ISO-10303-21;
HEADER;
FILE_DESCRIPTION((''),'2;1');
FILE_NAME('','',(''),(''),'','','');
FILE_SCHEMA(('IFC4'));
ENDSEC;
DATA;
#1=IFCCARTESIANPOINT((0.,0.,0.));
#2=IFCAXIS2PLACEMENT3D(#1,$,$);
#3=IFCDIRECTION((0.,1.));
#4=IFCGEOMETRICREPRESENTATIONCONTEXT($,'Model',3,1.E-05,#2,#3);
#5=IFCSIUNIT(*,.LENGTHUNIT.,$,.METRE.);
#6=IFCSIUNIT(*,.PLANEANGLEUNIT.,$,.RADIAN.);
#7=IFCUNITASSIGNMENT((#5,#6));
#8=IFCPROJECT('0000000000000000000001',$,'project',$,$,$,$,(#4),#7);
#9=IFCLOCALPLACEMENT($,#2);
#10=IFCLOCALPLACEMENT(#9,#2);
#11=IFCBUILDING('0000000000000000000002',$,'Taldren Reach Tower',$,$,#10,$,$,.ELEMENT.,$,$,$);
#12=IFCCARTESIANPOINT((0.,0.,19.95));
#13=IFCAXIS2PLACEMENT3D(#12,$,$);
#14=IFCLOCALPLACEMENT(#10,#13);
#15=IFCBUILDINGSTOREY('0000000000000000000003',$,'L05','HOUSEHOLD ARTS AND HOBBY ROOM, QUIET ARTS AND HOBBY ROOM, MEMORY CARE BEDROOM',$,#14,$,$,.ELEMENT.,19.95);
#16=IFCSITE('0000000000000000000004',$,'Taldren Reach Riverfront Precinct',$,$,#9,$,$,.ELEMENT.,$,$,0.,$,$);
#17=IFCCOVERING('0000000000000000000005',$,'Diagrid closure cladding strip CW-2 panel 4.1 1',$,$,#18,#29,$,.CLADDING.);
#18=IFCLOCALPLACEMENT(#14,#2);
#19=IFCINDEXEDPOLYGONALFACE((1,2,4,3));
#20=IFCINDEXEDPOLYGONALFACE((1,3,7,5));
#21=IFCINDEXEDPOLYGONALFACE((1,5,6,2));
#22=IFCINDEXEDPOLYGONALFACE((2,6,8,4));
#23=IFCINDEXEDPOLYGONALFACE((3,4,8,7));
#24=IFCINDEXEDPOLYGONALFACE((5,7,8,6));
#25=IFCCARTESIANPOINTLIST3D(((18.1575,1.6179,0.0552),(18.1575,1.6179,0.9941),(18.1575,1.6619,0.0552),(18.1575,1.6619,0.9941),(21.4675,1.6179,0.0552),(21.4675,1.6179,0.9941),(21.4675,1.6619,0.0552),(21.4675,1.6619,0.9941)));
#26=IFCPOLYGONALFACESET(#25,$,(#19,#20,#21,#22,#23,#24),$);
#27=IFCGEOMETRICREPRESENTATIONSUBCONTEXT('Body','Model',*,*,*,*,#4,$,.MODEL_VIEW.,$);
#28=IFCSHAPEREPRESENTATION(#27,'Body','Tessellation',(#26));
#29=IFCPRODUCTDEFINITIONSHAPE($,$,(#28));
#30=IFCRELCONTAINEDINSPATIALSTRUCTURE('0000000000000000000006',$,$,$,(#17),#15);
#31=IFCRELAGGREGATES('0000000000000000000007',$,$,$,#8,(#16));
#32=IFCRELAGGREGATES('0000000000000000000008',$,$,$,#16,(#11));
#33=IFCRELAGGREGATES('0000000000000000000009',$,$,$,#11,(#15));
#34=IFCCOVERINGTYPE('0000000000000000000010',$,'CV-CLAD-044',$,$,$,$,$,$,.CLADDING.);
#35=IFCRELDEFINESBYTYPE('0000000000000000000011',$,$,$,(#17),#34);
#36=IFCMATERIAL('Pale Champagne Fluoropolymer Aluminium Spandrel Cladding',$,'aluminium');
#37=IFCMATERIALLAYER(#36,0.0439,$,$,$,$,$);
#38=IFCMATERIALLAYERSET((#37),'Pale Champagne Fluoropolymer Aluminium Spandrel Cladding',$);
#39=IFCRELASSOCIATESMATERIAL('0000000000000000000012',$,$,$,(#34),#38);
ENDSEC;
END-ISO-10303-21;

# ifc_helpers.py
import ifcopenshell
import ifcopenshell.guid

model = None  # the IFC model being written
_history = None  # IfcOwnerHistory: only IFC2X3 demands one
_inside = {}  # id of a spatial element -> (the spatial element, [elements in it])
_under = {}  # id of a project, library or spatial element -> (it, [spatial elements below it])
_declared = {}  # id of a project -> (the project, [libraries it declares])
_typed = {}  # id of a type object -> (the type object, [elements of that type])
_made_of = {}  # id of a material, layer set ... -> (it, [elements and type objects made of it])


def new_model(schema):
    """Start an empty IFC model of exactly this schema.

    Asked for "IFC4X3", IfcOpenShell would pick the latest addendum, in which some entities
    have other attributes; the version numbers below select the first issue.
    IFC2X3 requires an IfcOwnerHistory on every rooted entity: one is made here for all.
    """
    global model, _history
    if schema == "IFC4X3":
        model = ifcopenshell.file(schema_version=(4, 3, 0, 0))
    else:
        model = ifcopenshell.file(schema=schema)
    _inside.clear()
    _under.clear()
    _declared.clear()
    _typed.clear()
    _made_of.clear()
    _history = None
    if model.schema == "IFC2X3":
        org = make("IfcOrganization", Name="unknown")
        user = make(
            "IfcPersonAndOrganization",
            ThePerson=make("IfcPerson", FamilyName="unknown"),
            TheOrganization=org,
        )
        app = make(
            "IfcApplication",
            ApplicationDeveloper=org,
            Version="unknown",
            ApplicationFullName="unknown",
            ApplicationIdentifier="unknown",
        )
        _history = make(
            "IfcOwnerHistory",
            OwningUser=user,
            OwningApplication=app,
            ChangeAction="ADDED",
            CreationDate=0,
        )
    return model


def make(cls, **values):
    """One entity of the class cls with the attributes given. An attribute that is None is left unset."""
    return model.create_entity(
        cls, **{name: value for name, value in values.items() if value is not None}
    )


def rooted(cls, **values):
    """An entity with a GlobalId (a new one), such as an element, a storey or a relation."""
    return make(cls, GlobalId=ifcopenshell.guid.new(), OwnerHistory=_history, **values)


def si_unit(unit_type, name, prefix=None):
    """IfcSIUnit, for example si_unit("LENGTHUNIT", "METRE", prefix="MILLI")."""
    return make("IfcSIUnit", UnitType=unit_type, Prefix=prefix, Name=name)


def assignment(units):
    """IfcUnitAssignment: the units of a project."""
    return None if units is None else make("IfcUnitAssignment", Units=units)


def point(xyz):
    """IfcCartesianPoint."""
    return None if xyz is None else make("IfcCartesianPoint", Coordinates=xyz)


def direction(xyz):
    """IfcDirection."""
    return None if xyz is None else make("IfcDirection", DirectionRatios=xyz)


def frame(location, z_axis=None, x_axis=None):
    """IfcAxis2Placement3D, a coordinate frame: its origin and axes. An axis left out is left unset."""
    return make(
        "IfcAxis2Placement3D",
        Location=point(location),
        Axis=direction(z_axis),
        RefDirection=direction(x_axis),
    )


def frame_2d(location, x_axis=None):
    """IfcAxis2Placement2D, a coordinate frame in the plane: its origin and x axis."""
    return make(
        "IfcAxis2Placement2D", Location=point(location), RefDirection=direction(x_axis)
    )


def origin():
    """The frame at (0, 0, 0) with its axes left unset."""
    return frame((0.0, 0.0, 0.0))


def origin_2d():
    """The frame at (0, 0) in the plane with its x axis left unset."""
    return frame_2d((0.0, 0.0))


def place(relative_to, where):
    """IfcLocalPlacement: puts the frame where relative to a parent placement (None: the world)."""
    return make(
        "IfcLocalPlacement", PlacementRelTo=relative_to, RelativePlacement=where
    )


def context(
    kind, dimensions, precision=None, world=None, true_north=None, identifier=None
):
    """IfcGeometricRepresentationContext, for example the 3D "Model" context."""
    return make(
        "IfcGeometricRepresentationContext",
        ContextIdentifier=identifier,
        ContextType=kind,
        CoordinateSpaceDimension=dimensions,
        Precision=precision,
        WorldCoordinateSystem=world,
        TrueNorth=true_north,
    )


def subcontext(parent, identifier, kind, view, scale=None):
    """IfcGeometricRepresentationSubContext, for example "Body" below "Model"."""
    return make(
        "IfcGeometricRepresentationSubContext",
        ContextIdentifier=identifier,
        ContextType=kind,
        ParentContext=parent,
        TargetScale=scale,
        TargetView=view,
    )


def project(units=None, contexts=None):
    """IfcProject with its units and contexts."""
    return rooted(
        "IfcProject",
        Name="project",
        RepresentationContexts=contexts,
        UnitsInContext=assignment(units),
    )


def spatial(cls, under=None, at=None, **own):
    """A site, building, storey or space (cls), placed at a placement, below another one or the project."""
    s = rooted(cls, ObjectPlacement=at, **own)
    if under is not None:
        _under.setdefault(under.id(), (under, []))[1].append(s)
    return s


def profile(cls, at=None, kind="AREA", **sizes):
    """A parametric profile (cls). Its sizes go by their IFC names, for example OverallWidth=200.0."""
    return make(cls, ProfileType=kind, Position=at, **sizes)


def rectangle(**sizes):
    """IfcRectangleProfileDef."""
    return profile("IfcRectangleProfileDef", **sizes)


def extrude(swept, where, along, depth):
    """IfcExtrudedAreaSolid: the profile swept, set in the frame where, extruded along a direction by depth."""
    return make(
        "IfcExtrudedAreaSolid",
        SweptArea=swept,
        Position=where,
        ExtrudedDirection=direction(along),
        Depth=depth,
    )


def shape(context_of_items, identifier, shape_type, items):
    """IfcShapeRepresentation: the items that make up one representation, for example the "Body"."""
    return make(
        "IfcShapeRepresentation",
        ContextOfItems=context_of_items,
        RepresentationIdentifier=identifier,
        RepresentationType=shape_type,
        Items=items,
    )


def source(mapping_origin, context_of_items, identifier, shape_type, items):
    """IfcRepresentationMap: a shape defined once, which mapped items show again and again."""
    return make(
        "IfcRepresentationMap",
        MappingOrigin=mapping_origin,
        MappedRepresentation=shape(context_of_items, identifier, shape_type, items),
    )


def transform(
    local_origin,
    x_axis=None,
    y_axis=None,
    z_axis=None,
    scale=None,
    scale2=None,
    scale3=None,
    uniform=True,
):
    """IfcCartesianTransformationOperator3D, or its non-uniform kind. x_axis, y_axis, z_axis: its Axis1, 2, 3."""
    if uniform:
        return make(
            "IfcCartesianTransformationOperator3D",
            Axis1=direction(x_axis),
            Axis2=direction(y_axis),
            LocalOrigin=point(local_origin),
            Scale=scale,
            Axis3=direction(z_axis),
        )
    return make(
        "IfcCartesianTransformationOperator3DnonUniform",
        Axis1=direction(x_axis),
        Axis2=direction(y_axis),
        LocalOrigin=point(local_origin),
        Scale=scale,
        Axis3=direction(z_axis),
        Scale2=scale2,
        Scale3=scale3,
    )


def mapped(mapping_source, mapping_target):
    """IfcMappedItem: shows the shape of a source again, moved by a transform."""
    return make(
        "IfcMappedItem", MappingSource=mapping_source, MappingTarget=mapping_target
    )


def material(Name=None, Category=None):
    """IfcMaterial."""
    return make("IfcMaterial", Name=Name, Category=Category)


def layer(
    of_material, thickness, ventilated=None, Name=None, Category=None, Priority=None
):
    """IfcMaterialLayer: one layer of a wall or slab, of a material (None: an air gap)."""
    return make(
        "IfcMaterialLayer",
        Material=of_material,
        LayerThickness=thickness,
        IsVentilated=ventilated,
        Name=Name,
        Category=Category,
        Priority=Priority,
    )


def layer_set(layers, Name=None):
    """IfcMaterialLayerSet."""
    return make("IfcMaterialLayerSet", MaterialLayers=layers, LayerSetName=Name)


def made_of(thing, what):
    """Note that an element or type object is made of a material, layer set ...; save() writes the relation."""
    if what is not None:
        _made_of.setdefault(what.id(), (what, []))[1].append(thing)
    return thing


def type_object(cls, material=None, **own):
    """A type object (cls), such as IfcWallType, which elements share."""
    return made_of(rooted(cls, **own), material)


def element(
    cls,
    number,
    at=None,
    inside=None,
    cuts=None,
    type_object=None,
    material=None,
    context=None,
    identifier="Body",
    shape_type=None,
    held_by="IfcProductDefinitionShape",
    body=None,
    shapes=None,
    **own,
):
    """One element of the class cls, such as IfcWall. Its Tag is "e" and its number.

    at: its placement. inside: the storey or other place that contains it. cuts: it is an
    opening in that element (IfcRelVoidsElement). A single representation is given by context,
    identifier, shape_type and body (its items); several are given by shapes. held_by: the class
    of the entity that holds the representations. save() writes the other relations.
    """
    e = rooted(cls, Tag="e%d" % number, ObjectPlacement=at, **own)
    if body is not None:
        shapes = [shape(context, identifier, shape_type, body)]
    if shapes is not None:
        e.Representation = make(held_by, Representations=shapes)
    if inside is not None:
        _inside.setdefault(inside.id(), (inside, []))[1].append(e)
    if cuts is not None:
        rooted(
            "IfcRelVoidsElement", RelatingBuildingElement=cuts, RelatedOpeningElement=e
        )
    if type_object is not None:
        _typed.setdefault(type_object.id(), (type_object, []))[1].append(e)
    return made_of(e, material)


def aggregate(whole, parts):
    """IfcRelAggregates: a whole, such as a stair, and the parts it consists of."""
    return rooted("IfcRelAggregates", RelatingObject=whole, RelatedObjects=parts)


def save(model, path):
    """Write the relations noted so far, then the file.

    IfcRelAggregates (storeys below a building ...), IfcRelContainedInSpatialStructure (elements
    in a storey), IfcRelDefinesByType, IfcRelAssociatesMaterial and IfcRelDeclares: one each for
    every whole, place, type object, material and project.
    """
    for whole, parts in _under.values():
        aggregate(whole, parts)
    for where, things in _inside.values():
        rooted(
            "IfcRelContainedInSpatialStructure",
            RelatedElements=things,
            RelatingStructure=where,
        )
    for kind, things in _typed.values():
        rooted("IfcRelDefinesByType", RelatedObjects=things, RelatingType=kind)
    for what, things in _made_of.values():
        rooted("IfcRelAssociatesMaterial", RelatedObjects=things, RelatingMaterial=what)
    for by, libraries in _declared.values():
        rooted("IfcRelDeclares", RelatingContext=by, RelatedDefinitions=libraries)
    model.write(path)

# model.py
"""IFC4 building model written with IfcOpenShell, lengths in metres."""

from ifc_helpers import new_model, si_unit, direction, frame, origin, origin_2d, place, context, subcontext, project, spatial, rectangle, extrude, source, transform, mapped, material, layer, layer_set, type_object, element, save


model = new_model("IFC4")

# Units and contexts
model_context = context("Model", 3, precision=1e-05, world=origin(), true_north=direction((0.0, 1.0)))
body_context = subcontext(model_context, "Body", "Model", "MODEL_VIEW")
ifc_project = project(units=[si_unit("LENGTHUNIT", "METRE"), si_unit("PLANEANGLEUNIT", "RADIAN")], contexts=[model_context])

# Site, building, storey
site_placement = place(None, origin())
site = spatial("IfcSite", under=ifc_project, at=site_placement, Name="Taldren Reach Riverfront Precinct", CompositionType="ELEMENT", RefElevation=0.0)
building_placement = place(site_placement, origin())
building = spatial("IfcBuilding", under=site, at=building_placement, Name="Taldren Reach Tower", CompositionType="ELEMENT")
storey_placement = place(building_placement, frame((0.0, 0.0, 19.95)))
storey = spatial("IfcBuildingStorey", under=building, at=storey_placement, Name="L05", Description="HOUSEHOLD ARTS AND HOBBY ROOM, QUIET ARTS AND HOBBY ROOM, MEMORY CARE BEDROOM", CompositionType="ELEMENT", Elevation=19.95)

# Covering
ifc_material_1 = material(Name="Pale Champagne Fluoropolymer Aluminium Spandrel Cladding", Category="aluminium")
ifc_layer_1 = layer(ifc_material_1, 0.0439)
ifc_layer_set_1 = layer_set([ifc_layer_1], Name="Pale Champagne Fluoropolymer Aluminium Spandrel Cladding")
covering_type = type_object("IfcCoveringType", Name="CV-CLAD-044", PredefinedType="CLADDING", material=ifc_layer_set_1)
shared_shape_1 = source(origin(), body_context, "Body", "SweptSolid", [
    extrude(rectangle(XDim=3.3101, YDim=0.0439, at=origin_2d()), origin(), (0.0, 0.0, 1.0), 0.939),
])
covering_1_placement = place(storey_placement, frame((19.8125, 1.6399, 0.0552), z_axis=(0.0, 0.0, 1.0), x_axis=(1.0, 0.0, 0.0)))
element("IfcCovering", 1, at=covering_1_placement, inside=storey, type_object=covering_type, Name="Diagrid closure cladding strip CW-2 panel 4.1 1", PredefinedType="CLADDING", context=body_context, shape_type="MappedRepresentation", body=[
    mapped(shared_shape_1, transform((0.0, 0.0, 0.0), scale=1.0)),
])

save(model, "model.ifc")
